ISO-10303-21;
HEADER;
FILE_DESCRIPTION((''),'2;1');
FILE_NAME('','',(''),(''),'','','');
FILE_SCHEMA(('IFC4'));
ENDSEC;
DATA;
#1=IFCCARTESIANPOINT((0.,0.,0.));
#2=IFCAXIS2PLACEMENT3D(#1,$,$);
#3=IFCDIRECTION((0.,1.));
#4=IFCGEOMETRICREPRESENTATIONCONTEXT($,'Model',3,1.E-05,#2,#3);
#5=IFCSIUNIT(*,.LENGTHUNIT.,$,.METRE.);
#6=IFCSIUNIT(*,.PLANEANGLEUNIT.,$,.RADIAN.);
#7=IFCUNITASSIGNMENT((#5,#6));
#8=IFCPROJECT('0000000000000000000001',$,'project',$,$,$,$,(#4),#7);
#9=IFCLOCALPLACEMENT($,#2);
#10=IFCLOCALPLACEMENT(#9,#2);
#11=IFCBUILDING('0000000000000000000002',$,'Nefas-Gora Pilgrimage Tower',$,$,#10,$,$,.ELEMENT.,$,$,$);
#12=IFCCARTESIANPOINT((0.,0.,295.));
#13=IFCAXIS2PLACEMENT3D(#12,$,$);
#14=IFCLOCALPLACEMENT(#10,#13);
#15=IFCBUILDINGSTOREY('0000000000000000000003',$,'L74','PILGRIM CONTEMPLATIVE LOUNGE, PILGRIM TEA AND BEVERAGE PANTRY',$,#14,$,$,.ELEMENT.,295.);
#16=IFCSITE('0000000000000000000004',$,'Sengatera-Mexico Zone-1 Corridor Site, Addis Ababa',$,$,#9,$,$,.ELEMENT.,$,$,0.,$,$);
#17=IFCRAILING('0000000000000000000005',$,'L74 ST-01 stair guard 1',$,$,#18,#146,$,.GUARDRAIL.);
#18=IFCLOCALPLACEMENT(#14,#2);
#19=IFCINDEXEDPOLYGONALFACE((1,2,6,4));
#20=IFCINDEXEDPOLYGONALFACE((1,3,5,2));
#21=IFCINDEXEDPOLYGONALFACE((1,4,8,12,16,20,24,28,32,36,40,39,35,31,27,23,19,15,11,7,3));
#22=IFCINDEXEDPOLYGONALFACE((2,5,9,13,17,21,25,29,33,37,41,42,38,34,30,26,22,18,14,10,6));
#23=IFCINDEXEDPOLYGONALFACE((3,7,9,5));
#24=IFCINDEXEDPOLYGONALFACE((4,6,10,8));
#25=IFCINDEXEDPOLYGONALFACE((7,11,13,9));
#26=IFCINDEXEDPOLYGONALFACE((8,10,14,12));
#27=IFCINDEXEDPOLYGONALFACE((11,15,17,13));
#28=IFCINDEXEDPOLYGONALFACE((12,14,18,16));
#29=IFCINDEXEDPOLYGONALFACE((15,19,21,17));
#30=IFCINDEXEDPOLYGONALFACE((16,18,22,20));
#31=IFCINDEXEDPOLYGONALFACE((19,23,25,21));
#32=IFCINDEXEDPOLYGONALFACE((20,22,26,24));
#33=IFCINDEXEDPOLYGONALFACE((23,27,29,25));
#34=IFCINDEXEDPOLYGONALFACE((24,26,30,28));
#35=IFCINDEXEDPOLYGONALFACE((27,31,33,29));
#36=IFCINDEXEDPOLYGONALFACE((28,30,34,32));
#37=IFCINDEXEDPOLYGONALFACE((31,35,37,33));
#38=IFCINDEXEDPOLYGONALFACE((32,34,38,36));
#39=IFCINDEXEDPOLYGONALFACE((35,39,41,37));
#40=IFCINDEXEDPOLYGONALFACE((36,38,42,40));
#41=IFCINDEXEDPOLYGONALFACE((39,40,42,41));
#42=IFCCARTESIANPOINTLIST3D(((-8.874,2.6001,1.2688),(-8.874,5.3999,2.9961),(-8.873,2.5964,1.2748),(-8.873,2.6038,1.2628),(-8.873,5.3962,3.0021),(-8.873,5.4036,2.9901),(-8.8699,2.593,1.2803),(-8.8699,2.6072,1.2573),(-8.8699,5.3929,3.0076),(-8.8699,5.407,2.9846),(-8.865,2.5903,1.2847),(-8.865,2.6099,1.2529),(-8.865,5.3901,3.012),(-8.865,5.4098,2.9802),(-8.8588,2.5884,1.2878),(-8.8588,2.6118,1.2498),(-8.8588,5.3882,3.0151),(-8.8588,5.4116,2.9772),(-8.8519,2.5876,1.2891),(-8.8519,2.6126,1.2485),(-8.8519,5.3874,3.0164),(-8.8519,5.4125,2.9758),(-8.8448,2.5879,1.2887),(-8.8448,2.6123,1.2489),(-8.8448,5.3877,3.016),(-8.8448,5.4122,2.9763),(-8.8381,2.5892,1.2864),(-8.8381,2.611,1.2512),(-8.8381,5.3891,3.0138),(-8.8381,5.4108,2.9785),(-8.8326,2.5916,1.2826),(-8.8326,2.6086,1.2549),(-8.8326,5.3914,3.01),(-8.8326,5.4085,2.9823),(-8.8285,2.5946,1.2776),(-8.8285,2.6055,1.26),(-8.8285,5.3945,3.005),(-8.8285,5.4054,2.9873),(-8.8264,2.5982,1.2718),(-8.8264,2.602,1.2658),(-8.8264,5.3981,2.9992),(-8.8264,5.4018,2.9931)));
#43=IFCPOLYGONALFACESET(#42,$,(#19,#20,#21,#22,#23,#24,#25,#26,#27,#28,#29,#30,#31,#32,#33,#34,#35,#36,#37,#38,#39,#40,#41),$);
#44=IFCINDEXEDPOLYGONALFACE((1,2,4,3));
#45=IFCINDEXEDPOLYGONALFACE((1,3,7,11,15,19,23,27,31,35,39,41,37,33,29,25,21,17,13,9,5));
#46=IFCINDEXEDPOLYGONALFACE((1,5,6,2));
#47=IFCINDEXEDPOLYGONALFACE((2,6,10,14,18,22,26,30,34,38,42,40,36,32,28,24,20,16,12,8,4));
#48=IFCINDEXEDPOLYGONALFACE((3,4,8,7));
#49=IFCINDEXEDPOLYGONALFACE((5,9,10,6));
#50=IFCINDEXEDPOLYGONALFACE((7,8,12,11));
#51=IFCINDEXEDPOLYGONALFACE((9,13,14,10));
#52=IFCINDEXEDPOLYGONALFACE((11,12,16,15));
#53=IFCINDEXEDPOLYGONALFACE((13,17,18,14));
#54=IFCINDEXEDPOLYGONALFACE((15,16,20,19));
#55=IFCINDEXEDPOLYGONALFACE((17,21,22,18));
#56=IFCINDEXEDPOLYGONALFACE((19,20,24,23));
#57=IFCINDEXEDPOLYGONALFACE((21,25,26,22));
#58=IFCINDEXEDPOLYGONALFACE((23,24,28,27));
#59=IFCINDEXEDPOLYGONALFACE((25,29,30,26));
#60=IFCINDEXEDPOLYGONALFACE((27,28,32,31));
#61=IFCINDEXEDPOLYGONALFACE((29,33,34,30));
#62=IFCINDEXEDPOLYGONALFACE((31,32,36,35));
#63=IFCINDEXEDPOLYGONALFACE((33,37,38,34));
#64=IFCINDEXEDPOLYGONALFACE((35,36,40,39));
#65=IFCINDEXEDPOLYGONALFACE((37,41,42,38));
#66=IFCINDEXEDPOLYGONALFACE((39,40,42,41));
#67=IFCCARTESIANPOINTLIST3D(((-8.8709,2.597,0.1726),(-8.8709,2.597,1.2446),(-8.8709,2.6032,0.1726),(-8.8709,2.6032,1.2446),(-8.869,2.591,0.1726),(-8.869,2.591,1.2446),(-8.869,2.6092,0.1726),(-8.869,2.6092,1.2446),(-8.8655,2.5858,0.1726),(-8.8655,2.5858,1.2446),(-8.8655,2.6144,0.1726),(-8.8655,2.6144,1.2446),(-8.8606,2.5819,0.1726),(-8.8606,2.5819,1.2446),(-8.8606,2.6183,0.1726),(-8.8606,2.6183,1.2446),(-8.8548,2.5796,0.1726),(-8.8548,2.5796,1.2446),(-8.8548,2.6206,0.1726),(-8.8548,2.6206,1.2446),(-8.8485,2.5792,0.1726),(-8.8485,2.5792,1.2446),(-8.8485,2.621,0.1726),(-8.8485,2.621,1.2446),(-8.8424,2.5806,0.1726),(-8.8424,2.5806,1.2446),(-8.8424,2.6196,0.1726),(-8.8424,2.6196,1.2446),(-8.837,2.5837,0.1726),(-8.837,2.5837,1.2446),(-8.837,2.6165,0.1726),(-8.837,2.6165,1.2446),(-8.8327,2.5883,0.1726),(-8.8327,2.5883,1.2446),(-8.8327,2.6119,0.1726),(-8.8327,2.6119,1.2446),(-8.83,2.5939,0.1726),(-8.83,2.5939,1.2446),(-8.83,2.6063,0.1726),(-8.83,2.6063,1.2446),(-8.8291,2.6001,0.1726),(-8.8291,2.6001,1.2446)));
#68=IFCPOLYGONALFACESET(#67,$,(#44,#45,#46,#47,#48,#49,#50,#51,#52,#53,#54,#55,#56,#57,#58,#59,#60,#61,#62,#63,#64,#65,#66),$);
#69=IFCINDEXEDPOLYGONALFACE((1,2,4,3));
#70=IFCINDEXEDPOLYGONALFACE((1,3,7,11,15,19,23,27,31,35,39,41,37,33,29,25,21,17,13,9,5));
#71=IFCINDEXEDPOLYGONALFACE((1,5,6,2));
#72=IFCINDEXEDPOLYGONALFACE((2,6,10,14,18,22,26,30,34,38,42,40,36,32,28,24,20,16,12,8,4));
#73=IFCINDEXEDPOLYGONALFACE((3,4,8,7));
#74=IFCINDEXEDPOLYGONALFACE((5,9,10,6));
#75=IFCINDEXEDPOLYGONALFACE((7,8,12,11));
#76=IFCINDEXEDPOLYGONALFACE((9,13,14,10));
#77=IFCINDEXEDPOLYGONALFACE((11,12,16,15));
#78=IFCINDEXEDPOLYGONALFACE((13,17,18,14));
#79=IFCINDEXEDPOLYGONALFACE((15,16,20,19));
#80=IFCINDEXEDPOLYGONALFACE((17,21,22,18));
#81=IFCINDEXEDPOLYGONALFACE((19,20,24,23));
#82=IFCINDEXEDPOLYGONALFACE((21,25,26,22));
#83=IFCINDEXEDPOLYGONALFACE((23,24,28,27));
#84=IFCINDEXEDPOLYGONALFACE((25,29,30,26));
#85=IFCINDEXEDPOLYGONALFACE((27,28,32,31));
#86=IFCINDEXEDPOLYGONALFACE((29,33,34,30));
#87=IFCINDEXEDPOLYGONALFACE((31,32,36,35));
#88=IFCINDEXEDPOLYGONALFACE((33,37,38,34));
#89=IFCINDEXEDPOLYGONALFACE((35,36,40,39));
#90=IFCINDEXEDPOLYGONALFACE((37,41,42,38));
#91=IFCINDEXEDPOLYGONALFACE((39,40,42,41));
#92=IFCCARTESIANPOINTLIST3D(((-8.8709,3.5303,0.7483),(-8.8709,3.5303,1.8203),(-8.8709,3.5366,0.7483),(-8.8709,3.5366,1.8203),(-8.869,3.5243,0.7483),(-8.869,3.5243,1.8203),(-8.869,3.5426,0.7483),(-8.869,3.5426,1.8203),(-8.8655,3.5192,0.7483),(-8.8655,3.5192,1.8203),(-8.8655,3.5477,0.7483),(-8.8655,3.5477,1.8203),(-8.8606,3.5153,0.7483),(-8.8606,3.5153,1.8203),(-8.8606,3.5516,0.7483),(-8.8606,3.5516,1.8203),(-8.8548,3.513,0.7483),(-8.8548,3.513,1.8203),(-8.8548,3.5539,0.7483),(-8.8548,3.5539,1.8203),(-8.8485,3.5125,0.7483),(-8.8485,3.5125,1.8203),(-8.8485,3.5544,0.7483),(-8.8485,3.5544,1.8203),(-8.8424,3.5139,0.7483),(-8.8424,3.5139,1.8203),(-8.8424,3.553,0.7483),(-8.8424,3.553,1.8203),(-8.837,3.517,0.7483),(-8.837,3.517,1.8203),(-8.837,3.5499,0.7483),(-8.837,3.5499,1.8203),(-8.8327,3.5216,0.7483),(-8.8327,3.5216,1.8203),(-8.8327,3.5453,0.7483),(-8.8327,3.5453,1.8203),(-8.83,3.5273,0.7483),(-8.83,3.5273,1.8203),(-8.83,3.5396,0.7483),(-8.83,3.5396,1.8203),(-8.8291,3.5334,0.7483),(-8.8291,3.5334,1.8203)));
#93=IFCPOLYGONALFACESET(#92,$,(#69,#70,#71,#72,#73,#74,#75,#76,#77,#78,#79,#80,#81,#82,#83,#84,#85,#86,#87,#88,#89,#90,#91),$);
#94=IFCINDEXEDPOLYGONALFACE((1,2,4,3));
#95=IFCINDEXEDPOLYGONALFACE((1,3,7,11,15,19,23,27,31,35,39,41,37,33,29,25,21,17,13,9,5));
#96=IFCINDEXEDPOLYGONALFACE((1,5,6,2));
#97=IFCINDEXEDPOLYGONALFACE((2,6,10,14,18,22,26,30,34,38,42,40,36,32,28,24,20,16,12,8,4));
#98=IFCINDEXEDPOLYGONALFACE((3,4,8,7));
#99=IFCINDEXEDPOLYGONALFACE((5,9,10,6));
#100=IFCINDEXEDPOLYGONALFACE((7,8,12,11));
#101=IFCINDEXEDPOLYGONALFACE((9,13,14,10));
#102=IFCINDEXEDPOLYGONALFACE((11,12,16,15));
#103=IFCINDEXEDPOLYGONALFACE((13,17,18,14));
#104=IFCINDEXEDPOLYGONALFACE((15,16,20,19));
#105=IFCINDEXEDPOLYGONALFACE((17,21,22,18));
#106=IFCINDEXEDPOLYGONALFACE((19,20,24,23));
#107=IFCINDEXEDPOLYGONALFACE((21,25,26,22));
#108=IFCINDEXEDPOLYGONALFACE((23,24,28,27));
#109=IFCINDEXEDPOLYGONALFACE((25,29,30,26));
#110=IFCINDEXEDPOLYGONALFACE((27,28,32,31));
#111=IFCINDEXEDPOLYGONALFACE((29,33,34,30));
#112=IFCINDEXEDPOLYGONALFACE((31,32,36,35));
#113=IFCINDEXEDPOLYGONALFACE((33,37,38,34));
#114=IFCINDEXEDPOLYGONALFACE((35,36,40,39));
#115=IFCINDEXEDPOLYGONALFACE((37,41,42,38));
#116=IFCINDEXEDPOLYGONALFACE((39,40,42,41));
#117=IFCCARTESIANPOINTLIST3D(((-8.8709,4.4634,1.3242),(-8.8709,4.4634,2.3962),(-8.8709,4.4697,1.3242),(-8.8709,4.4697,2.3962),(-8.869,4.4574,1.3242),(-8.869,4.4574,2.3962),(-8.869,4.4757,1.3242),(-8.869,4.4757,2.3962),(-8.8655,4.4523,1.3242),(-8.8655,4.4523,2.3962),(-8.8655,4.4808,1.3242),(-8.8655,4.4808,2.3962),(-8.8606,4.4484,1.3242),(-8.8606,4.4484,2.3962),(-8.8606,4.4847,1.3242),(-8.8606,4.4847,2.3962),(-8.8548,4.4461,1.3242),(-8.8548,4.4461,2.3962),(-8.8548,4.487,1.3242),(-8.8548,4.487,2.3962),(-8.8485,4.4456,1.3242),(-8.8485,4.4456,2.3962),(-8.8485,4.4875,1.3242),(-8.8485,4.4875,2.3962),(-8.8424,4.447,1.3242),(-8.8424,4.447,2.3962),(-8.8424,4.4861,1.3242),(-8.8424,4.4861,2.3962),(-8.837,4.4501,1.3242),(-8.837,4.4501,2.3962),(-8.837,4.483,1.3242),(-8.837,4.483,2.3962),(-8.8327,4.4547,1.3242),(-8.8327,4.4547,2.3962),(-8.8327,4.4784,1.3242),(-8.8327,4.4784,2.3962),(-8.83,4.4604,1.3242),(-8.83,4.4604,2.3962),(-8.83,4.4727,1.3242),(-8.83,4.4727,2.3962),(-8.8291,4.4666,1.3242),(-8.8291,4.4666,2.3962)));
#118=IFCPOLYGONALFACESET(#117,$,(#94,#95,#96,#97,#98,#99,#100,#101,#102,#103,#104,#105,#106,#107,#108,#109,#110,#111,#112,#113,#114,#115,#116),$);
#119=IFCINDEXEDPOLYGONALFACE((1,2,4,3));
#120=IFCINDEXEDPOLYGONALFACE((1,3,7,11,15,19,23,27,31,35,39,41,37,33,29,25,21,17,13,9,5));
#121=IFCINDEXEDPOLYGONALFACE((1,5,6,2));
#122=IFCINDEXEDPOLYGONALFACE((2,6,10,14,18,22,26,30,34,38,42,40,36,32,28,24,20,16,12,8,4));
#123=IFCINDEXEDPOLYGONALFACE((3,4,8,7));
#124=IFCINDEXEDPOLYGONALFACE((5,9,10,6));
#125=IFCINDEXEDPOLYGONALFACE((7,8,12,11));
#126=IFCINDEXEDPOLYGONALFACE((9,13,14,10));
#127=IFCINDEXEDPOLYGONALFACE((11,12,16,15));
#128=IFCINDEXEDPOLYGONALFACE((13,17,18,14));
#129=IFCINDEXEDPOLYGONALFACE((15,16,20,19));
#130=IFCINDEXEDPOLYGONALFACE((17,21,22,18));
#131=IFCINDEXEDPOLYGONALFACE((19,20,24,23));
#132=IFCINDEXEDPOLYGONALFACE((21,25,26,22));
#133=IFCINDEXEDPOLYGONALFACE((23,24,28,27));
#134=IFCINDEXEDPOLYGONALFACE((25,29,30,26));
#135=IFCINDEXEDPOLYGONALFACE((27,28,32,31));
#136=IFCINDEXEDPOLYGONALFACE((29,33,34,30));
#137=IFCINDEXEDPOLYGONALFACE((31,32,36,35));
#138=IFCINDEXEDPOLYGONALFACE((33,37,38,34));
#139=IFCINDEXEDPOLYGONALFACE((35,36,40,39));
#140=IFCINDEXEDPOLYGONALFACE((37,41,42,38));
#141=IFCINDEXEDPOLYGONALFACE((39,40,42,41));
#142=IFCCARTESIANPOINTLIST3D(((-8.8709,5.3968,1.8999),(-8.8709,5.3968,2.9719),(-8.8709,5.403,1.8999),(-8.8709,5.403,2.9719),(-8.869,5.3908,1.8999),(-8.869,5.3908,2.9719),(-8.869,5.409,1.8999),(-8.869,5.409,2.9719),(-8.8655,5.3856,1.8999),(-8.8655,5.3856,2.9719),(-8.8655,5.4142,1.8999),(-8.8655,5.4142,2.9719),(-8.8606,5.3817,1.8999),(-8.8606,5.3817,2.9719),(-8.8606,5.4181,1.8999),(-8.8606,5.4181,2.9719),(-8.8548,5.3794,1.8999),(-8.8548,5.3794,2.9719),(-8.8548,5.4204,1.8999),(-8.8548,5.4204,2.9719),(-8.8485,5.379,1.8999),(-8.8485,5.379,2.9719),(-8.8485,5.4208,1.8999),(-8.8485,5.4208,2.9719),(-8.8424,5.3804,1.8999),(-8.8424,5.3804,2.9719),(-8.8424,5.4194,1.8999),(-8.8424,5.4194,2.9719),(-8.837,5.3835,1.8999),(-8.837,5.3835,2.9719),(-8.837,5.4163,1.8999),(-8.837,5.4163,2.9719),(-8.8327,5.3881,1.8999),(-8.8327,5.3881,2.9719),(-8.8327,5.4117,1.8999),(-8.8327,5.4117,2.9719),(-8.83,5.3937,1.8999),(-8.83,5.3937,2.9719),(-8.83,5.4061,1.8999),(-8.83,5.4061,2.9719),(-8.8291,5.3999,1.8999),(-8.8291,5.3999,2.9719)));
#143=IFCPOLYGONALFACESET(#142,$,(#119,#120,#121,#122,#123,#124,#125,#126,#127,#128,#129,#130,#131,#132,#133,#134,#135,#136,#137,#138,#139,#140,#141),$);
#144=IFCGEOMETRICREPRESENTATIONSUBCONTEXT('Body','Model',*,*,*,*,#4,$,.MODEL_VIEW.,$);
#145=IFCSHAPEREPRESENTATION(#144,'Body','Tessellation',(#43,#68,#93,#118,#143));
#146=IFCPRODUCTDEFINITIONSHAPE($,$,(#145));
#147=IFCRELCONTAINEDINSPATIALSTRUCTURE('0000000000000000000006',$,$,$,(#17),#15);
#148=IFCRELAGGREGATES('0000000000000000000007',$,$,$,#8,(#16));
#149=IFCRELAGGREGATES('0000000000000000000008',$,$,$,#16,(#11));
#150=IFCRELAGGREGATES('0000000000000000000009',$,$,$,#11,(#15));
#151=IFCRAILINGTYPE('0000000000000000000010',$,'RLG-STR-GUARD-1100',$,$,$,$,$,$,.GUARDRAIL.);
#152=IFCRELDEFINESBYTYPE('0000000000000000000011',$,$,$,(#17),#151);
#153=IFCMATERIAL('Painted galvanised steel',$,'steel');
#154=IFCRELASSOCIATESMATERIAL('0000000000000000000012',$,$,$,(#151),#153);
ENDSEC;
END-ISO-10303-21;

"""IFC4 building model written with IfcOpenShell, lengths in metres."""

from ifc_helpers import new_model, si_unit, direction, frame, origin, origin_2d, place, context, subcontext, project, spatial, circle, extrude, material, type_object, element, save


model = new_model("IFC4")

# Units and contexts
model_context = context("Model", 3, precision=1e-05, world=origin(), true_north=direction((0.0, 1.0)))
body_context = subcontext(model_context, "Body", "Model", "MODEL_VIEW")
ifc_project = project(units=[si_unit("LENGTHUNIT", "METRE"), si_unit("PLANEANGLEUNIT", "RADIAN")], contexts=[model_context])

# Site, building, storey
site_placement = place(None, origin())
site = spatial("IfcSite", under=ifc_project, at=site_placement, Name="Sengatera-Mexico Zone-1 Corridor Site, Addis Ababa", CompositionType="ELEMENT", RefElevation=0.0)
building_placement = place(site_placement, origin())
building = spatial("IfcBuilding", under=site, at=building_placement, Name="Nefas-Gora Pilgrimage Tower", CompositionType="ELEMENT")
storey_placement = place(building_placement, frame((0.0, 0.0, 295.0)))
storey = spatial("IfcBuildingStorey", under=building, at=storey_placement, Name="L74", Description="PILGRIM CONTEMPLATIVE LOUNGE, PILGRIM TEA AND BEVERAGE PANTRY", CompositionType="ELEMENT", Elevation=295.0)

# Railing
ifc_material_1 = material(Name="Painted galvanised steel", Category="steel")
railing_type_1 = type_object("IfcRailingType", Name="RLG-STR-GUARD-1100", PredefinedType="GUARDRAIL", material=ifc_material_1)
railing_1_placement = place(storey_placement, frame((-8.8501, 2.6001, 0.1726)))
element("IfcRailing", 1, at=railing_1_placement, inside=storey, type_object=railing_type_1, Name="L74 ST-01 stair guard 1", PredefinedType="GUARDRAIL", context=body_context, shape_type="SweptSolid", body=[
    extrude(circle(Radius=0.0239, at=origin_2d()), frame((0.0, 0.0, 1.0962), z_axis=(0.0, 0.851069, 0.525054), x_axis=(-1.0, 0.0, 0.0)), (0.0, 0.0, 1.0), 3.2898),
    extrude(circle(Radius=0.021, at=origin_2d()), origin(), (0.0, 0.0, 1.0), 1.072),
    extrude(circle(Radius=0.021, at=origin_2d()), frame((0.0, 0.9333, 0.5757)), (0.0, 0.0, 1.0), 1.072),
    extrude(circle(Radius=0.021, at=origin_2d()), frame((0.0, 1.8665, 1.1516)), (0.0, 0.0, 1.0), 1.072),
    extrude(circle(Radius=0.021, at=origin_2d()), frame((0.0, 2.7998, 1.7273)), (0.0, 0.0, 1.0), 1.072),
])

save(model, "model.ifc")
